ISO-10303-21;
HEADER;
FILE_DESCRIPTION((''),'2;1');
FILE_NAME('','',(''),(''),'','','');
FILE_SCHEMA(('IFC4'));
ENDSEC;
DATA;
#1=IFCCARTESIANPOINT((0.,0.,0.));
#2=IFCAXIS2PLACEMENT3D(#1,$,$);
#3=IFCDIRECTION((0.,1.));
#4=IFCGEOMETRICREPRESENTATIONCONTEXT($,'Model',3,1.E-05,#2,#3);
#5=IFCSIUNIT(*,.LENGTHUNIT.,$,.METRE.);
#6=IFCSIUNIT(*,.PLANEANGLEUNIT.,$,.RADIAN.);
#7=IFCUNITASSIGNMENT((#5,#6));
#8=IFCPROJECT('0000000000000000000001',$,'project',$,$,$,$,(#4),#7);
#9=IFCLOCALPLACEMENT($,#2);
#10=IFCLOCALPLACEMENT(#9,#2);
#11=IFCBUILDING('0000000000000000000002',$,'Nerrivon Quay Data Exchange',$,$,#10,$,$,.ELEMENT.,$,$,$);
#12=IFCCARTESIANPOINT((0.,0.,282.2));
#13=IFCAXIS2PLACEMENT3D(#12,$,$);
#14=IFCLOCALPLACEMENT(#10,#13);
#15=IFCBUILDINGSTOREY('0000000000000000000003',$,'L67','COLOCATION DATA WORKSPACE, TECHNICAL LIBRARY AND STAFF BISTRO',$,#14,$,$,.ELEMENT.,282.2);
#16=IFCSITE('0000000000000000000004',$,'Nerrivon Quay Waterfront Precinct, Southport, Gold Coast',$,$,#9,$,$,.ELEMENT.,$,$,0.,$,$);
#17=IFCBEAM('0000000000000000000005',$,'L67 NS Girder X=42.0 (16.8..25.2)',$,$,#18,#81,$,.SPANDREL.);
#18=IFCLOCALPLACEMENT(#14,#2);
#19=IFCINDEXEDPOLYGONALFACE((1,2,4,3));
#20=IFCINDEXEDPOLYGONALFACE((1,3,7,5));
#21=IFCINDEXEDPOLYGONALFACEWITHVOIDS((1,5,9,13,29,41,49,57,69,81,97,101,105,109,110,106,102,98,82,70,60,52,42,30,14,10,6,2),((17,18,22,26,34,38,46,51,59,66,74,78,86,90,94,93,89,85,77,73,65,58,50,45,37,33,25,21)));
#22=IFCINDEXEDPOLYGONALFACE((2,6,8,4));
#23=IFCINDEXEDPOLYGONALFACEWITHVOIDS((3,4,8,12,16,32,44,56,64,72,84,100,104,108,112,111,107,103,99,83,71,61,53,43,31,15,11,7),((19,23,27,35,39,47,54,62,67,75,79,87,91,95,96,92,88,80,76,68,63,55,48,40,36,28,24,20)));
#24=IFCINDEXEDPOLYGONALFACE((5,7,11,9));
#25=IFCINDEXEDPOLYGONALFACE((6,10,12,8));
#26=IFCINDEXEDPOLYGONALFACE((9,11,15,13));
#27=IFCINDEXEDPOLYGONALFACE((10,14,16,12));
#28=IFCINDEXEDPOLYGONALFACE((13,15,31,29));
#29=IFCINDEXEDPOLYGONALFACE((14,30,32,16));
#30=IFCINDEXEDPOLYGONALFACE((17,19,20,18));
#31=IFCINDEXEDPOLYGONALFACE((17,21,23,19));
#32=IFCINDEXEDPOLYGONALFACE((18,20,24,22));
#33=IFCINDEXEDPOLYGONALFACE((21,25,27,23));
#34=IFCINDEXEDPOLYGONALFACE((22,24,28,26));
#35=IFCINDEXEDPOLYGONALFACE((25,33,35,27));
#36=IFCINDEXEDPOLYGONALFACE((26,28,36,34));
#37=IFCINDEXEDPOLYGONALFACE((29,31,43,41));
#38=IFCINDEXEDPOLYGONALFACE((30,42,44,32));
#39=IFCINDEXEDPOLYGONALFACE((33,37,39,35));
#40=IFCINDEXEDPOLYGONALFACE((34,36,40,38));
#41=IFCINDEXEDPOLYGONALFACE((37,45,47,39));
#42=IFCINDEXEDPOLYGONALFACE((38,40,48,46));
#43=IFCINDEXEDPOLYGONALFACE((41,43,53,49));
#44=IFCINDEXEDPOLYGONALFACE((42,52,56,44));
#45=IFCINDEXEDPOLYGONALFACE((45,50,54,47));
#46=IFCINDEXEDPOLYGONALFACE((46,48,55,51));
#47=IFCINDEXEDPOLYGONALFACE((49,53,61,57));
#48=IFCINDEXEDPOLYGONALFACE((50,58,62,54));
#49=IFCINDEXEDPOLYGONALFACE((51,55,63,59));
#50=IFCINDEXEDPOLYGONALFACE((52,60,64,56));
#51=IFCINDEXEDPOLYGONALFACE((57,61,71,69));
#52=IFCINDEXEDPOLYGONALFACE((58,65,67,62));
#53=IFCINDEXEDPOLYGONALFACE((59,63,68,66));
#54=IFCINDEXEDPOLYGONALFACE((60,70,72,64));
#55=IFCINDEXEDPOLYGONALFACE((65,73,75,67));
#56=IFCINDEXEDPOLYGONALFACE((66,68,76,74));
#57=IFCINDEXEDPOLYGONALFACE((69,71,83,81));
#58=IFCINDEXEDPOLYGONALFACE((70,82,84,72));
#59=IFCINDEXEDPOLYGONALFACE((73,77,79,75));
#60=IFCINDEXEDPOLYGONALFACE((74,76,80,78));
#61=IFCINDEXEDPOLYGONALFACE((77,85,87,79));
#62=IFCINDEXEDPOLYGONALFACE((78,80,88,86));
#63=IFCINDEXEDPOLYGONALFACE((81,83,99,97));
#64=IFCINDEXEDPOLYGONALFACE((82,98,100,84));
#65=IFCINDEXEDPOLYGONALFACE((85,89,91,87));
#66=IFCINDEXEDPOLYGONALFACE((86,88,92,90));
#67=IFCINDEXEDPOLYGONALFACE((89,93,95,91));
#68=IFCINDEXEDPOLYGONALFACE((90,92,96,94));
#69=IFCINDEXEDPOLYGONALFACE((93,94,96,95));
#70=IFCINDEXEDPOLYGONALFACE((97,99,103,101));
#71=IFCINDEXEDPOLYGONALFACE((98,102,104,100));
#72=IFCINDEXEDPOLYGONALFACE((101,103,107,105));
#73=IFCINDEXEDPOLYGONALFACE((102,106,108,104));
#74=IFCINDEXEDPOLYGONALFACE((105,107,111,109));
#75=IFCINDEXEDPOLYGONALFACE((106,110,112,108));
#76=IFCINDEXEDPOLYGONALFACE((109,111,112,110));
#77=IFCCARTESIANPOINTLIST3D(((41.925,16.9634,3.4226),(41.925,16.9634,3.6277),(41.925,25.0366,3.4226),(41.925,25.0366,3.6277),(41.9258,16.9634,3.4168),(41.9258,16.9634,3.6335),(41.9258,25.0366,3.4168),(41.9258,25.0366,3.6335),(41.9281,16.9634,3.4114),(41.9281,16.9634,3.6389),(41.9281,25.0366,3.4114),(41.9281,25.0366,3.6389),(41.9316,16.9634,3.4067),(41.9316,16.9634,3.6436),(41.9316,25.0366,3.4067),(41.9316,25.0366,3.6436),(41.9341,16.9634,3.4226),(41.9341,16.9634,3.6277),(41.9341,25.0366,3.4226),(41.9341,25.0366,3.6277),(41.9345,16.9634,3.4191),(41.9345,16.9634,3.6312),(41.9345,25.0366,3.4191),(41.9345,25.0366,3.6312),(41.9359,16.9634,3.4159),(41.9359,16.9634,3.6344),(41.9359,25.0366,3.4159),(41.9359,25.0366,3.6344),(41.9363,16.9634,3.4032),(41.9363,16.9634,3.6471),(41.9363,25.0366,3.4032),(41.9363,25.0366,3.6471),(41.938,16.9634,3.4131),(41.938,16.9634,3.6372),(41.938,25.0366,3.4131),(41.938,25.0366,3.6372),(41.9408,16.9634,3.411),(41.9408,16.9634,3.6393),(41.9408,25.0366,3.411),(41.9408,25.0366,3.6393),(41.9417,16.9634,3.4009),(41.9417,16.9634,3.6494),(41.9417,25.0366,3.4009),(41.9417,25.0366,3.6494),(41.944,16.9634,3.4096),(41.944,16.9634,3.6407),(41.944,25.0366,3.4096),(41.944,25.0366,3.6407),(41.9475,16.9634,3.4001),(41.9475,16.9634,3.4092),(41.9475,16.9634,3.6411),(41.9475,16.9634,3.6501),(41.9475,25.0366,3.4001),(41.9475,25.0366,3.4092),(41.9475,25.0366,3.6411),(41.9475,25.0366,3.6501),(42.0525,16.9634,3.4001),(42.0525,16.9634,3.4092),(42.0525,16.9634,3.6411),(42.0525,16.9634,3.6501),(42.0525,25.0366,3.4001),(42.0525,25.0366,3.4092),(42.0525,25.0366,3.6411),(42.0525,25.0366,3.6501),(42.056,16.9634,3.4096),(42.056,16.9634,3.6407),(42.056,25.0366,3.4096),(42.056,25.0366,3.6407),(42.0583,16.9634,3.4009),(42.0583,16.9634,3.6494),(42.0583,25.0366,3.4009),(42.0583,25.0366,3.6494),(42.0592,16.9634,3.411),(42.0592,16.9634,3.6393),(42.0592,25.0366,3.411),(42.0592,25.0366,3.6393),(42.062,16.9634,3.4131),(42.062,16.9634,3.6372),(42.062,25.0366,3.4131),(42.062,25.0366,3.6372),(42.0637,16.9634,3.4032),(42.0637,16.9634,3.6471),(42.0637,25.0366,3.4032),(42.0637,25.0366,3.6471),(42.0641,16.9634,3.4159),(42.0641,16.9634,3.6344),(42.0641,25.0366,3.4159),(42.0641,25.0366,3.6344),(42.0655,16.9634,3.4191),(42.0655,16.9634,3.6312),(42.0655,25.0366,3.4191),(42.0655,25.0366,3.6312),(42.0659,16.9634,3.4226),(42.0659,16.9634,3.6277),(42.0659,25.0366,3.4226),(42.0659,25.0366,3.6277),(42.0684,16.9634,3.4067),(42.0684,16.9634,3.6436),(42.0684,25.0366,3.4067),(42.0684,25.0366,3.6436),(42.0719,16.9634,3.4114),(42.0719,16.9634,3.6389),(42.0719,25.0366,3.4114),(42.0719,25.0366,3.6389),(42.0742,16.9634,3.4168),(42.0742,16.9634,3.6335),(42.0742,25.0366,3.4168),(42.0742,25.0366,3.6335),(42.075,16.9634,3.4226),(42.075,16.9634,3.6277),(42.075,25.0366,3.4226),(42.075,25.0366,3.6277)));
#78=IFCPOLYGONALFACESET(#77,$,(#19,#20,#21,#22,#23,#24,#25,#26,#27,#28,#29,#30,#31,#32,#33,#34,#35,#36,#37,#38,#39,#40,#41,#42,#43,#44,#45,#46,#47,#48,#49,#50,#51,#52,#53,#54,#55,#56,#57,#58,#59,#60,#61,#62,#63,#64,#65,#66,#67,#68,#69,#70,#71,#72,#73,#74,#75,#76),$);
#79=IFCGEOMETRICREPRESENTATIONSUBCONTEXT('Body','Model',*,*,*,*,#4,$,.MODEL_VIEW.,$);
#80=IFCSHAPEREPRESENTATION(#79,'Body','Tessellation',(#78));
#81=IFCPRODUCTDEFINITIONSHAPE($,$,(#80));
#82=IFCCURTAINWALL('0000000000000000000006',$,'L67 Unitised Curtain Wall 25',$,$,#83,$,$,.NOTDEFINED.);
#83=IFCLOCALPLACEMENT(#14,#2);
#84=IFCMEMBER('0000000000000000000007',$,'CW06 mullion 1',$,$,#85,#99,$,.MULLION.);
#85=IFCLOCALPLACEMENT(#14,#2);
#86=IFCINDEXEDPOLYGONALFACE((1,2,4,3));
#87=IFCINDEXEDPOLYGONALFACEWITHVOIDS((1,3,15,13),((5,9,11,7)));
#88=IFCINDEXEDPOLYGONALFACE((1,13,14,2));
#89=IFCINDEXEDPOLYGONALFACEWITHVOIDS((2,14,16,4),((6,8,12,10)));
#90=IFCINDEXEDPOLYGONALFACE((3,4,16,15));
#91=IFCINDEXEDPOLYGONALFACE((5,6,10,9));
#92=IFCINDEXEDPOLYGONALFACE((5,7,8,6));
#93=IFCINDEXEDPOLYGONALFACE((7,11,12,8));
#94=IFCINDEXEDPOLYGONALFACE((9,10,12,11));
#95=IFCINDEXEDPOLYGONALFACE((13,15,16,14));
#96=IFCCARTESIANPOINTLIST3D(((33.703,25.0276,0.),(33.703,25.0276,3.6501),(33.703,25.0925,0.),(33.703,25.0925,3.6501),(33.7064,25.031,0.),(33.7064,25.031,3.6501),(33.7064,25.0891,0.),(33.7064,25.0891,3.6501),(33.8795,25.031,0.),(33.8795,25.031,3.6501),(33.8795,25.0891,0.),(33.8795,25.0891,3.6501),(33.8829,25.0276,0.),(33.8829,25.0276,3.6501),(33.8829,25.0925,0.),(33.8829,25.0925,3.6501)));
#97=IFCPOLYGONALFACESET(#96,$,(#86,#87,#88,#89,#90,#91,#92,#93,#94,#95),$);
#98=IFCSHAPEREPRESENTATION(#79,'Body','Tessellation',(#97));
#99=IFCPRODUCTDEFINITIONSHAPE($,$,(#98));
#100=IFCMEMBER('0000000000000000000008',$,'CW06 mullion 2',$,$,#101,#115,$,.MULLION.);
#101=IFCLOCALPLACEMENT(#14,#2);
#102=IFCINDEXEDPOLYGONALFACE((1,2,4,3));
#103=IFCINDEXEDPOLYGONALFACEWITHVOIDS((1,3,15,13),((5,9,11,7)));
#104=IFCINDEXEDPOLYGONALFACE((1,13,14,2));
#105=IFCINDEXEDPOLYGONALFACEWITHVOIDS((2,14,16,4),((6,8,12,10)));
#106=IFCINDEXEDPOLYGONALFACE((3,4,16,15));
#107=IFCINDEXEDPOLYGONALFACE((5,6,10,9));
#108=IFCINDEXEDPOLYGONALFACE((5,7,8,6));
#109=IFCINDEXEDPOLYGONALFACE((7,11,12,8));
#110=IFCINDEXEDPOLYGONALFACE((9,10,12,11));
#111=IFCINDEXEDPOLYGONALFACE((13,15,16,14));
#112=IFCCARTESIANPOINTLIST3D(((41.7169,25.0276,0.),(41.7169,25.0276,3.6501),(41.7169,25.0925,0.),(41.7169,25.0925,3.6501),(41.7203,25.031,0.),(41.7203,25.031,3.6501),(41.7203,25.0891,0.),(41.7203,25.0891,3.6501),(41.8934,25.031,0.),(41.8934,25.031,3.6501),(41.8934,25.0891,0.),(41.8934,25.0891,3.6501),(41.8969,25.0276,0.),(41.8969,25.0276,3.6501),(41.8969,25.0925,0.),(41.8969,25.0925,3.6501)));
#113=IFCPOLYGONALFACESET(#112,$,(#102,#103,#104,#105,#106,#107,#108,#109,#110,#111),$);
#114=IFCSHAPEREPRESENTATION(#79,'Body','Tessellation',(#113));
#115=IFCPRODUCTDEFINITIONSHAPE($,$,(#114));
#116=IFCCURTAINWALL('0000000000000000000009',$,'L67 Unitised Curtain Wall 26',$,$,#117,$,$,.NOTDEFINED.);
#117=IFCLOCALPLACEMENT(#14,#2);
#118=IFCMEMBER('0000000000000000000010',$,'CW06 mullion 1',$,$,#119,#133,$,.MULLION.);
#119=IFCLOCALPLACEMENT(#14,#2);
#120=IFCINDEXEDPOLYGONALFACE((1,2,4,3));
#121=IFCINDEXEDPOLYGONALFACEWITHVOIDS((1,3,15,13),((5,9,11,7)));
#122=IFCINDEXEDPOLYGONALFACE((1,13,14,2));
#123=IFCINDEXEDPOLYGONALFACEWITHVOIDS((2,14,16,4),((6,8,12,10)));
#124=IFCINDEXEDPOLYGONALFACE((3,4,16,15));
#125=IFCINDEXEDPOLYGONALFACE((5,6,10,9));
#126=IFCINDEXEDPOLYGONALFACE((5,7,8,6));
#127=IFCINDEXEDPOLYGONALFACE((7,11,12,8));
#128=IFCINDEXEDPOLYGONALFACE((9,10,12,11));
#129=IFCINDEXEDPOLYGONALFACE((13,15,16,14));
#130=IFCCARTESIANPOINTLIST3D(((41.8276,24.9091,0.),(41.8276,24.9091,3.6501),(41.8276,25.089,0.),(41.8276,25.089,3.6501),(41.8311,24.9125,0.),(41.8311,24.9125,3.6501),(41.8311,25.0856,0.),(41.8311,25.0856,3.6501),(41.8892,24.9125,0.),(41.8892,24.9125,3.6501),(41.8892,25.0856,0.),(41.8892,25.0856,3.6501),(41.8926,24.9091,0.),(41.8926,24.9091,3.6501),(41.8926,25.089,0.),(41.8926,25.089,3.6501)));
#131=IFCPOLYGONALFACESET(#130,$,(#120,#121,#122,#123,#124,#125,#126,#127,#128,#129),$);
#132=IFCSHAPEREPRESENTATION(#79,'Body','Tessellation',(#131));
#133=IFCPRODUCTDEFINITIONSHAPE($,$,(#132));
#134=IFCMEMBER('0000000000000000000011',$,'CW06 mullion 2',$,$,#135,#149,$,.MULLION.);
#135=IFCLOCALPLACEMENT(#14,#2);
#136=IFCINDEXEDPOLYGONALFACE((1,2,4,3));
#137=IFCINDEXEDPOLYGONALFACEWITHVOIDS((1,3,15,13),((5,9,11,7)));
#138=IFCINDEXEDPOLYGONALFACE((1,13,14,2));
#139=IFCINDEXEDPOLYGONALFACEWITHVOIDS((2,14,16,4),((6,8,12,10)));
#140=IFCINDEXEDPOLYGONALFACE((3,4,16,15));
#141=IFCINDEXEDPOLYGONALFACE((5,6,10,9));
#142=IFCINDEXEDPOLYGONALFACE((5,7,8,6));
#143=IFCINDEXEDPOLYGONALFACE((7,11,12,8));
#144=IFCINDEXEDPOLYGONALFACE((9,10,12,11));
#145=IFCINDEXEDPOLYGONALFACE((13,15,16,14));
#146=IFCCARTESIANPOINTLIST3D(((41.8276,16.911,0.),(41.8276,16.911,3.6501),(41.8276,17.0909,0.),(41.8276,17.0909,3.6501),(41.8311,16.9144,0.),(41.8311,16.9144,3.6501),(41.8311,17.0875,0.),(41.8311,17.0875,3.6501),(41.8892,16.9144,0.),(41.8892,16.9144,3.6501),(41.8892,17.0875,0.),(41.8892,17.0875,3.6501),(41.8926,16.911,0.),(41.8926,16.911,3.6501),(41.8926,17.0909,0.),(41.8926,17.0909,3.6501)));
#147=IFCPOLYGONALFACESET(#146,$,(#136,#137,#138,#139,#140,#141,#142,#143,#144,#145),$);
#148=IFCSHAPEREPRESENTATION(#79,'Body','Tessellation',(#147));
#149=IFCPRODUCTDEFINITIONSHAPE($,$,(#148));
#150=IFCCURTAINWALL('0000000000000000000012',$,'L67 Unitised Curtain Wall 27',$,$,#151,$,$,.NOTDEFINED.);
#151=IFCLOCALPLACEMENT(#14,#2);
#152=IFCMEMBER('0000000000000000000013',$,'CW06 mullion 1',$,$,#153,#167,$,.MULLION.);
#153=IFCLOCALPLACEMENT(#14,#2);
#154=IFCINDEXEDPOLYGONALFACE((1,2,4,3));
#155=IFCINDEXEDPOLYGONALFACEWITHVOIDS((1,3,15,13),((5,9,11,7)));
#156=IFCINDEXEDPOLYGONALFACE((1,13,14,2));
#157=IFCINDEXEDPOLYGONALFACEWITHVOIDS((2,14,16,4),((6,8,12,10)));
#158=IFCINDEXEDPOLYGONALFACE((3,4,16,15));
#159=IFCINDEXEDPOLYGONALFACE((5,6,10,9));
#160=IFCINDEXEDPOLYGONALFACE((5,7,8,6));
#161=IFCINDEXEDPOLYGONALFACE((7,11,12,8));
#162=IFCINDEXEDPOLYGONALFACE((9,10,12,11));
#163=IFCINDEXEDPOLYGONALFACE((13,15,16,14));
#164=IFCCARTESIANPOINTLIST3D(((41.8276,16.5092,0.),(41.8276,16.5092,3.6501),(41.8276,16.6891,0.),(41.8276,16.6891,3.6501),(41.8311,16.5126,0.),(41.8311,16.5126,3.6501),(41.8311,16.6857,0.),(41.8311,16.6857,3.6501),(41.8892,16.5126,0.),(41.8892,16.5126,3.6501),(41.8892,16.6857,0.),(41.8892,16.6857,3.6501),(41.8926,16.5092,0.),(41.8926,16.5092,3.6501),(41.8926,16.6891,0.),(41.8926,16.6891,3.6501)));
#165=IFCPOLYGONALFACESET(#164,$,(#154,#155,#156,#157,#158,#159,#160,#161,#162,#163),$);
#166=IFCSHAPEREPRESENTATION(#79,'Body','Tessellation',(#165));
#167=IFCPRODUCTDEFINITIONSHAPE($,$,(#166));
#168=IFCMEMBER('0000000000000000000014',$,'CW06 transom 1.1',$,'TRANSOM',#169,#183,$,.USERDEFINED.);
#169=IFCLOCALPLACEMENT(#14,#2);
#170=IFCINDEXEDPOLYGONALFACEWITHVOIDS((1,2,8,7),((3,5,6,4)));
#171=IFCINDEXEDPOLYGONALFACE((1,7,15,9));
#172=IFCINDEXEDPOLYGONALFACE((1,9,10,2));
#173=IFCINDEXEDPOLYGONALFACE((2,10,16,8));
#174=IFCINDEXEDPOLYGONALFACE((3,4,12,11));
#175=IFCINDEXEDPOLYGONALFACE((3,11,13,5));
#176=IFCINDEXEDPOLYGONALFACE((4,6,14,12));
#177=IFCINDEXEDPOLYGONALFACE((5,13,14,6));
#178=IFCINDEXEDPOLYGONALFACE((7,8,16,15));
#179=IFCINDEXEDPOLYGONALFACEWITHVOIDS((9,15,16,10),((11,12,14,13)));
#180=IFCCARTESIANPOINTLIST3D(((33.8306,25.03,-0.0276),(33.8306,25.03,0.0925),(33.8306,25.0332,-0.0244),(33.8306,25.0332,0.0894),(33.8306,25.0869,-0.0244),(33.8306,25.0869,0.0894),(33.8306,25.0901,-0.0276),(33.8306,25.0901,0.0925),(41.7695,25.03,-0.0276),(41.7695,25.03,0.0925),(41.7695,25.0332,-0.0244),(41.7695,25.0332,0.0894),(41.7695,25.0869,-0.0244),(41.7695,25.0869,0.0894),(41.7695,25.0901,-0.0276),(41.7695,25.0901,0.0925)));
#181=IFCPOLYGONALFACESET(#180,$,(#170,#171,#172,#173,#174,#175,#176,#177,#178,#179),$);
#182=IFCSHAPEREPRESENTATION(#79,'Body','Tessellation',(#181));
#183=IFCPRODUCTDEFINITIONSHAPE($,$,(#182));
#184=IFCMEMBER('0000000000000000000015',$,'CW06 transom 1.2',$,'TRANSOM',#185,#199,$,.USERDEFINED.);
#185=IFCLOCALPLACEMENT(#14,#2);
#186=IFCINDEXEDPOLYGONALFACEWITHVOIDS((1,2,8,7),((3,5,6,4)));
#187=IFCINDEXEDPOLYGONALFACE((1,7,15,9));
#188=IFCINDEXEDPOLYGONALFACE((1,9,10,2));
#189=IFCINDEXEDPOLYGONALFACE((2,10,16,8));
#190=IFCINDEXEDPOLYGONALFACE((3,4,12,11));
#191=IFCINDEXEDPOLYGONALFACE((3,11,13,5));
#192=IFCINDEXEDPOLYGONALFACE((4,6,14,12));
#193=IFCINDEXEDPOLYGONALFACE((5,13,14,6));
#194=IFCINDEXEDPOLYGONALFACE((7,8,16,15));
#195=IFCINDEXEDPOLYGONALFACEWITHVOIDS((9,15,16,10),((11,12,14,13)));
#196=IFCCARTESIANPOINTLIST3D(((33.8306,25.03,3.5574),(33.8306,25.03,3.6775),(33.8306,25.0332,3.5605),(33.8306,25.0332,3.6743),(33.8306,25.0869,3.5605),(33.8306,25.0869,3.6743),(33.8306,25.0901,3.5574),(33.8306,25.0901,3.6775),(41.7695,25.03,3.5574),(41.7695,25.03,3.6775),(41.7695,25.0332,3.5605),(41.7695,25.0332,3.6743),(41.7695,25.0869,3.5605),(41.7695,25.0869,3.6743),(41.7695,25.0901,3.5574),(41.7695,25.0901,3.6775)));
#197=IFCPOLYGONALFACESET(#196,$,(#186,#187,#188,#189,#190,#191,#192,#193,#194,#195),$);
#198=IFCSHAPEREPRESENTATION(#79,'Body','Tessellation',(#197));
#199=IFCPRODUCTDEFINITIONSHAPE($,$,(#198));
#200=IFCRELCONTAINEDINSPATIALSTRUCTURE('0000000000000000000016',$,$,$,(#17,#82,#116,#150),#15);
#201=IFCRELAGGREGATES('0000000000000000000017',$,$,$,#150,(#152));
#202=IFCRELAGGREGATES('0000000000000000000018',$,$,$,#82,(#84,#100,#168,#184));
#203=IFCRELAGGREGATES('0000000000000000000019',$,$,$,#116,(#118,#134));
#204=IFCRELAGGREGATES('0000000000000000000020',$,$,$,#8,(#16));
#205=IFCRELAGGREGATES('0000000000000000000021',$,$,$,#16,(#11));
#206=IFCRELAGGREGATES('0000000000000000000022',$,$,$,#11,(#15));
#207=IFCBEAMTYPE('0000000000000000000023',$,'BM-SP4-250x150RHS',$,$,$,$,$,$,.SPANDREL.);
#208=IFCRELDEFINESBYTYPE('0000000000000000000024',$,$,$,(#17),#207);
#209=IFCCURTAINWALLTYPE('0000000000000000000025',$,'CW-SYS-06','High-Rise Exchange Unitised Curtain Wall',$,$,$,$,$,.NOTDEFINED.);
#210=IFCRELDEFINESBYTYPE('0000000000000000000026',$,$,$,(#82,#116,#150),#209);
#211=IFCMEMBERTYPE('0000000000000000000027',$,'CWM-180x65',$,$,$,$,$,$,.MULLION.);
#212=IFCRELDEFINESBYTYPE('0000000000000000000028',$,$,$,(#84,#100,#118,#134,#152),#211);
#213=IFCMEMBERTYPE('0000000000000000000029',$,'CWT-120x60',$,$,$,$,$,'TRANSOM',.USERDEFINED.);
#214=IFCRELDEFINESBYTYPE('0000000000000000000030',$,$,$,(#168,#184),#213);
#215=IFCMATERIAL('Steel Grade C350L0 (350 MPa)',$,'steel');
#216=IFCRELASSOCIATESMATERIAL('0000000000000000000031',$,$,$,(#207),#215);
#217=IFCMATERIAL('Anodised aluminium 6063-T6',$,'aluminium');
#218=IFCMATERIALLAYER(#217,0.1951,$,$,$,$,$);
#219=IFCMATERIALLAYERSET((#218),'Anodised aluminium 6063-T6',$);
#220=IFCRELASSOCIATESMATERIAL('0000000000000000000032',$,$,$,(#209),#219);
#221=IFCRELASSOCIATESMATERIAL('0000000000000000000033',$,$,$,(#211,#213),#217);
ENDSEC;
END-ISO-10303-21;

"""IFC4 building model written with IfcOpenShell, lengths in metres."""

from ifc_helpers import new_model, si_unit, direction, frame, origin, origin_2d, place, context, subcontext, project, spatial, hollow_rectangle, extrude, material, layer, layer_set, material_profile, profile_set, type_object, element, aggregate, save


model = new_model("IFC4")

# Units and contexts
model_context = context("Model", 3, precision=1e-05, world=origin(), true_north=direction((0.0, 1.0)))
body_context = subcontext(model_context, "Body", "Model", "MODEL_VIEW")
ifc_project = project(units=[si_unit("LENGTHUNIT", "METRE"), si_unit("PLANEANGLEUNIT", "RADIAN")], contexts=[model_context])

# Site, building, storey
site_placement = place(None, origin())
site = spatial("IfcSite", under=ifc_project, at=site_placement, Name="Nerrivon Quay Waterfront Precinct, Southport, Gold Coast", CompositionType="ELEMENT", RefElevation=0.0)
building_placement = place(site_placement, origin())
building = spatial("IfcBuilding", under=site, at=building_placement, Name="Nerrivon Quay Data Exchange", CompositionType="ELEMENT")
storey_placement = place(building_placement, frame((0.0, 0.0, 282.2)))
storey = spatial("IfcBuildingStorey", under=building, at=storey_placement, Name="L67", Description="COLOCATION DATA WORKSPACE, TECHNICAL LIBRARY AND STAFF BISTRO", CompositionType="ELEMENT", Elevation=282.2)

# Beam
ifc_material_1 = material(Name="Steel Grade C350L0 (350 MPa)", Category="steel")
ifc_material_profile_1 = material_profile(ifc_material_1, hollow_rectangle(XDim=0.1499, YDim=0.25, WallThickness=0.009, InnerFilletRadius=0.0134, OuterFilletRadius=0.0225, at=origin_2d()), Name="250x150x9.0RHS")
ifc_profile_set_1 = profile_set([ifc_material_profile_1], Name="Steel Grade C350L0 (350 MPa)")
beam_type_1 = type_object("IfcBeamType", Name="BM-SP4-250x150RHS", PredefinedType="SPANDREL", material=ifc_profile_set_1)
beam_1_placement = place(storey_placement, frame((42.0, 16.9634, 3.5251), z_axis=(0.0, 1.0, 0.0), x_axis=(-1.0, 0.0, 0.0)))
element("IfcBeam", 1, at=beam_1_placement, inside=storey, type_object=beam_type_1, Name="L67 NS Girder X=42.0 (16.8..25.2)", PredefinedType="SPANDREL", context=body_context, shape_type="SweptSolid", body=[
    extrude(hollow_rectangle(XDim=0.1499, YDim=0.25, WallThickness=0.009, InnerFilletRadius=0.0134, OuterFilletRadius=0.0225, at=origin_2d()), origin(), (0.0, 0.0, 1.0), 8.0732),
])

# Curtain walls, members
ifc_material_2 = material(Name="Anodised aluminium 6063-T6", Category="aluminium")
ifc_layer_1 = layer(ifc_material_2, 0.1951)
ifc_layer_set_1 = layer_set([ifc_layer_1], Name="Anodised aluminium 6063-T6")
curtain_wall_type = type_object("IfcCurtainWallType", Name="CW-SYS-06", Description="High-Rise Exchange Unitised Curtain Wall", PredefinedType="NOTDEFINED", material=ifc_layer_set_1)
curtain_wall_1_placement = place(storey_placement, origin())
curtain_wall_1 = element("IfcCurtainWall", 2, at=curtain_wall_1_placement, inside=storey, type_object=curtain_wall_type, Name="L67 Unitised Curtain Wall 25", PredefinedType="NOTDEFINED")
ifc_material_profile_2 = material_profile(ifc_material_2, hollow_rectangle(XDim=0.0649, YDim=0.1799, WallThickness=0.0034, at=origin_2d()), Name="ALU-MULL-180x65")
ifc_profile_set_2 = profile_set([ifc_material_profile_2], Name="Anodised aluminium 6063-T6")
member_type_1 = type_object("IfcMemberType", Name="CWM-180x65", PredefinedType="MULLION", material=ifc_profile_set_2)
member_1_placement = place(storey_placement, frame((33.793, 25.0601, 0.0), z_axis=(0.0, 0.0, 1.0), x_axis=(0.0, 1.0, 0.0)))
member_1 = element("IfcMember", 3, at=member_1_placement, type_object=member_type_1, Name="CW06 mullion 1", PredefinedType="MULLION", context=body_context, shape_type="SweptSolid", body=[
    extrude(hollow_rectangle(XDim=0.0649, YDim=0.1799, WallThickness=0.0034, at=origin_2d()), origin(), (0.0, 0.0, 1.0), 3.6501),
])
member_2_placement = place(storey_placement, frame((41.8069, 25.0601, 0.0), z_axis=(0.0, 0.0, 1.0), x_axis=(0.0, 1.0, 0.0)))
member_2 = element("IfcMember", 4, at=member_2_placement, type_object=member_type_1, Name="CW06 mullion 2", PredefinedType="MULLION", context=body_context, shape_type="SweptSolid", body=[
    extrude(hollow_rectangle(XDim=0.0649, YDim=0.1799, WallThickness=0.0034, at=origin_2d()), origin(), (0.0, 0.0, 1.0), 3.6501),
])
curtain_wall_2_placement = place(storey_placement, origin())
curtain_wall_2 = element("IfcCurtainWall", 5, at=curtain_wall_2_placement, inside=storey, type_object=curtain_wall_type, Name="L67 Unitised Curtain Wall 26", PredefinedType="NOTDEFINED")
member_3_placement = place(storey_placement, frame((41.8601, 24.999, 0.0), z_axis=(0.0, 0.0, 1.0), x_axis=(1.0, 0.0, 0.0)))
member_3 = element("IfcMember", 6, at=member_3_placement, type_object=member_type_1, Name="CW06 mullion 1", PredefinedType="MULLION", context=body_context, shape_type="SweptSolid", body=[
    extrude(hollow_rectangle(XDim=0.0649, YDim=0.1799, WallThickness=0.0034, at=origin_2d()), origin(), (0.0, 0.0, 1.0), 3.6501),
])
member_4_placement = place(storey_placement, frame((41.8601, 17.001, 0.0), z_axis=(0.0, 0.0, 1.0), x_axis=(1.0, 0.0, 0.0)))
member_4 = element("IfcMember", 7, at=member_4_placement, type_object=member_type_1, Name="CW06 mullion 2", PredefinedType="MULLION", context=body_context, shape_type="SweptSolid", body=[
    extrude(hollow_rectangle(XDim=0.0649, YDim=0.1799, WallThickness=0.0034, at=origin_2d()), origin(), (0.0, 0.0, 1.0), 3.6501),
])

# Curtain wall, member
curtain_wall_3_placement = place(storey_placement, origin())
curtain_wall_3 = element("IfcCurtainWall", 8, at=curtain_wall_3_placement, inside=storey, type_object=curtain_wall_type, Name="L67 Unitised Curtain Wall 27", PredefinedType="NOTDEFINED")
member_5_placement = place(storey_placement, frame((41.8601, 16.5991, 0.0), z_axis=(0.0, 0.0, 1.0), x_axis=(1.0, 0.0, 0.0)))
member_5 = element("IfcMember", 9, at=member_5_placement, type_object=member_type_1, Name="CW06 mullion 1", PredefinedType="MULLION", context=body_context, shape_type="SweptSolid", body=[
    extrude(hollow_rectangle(XDim=0.0649, YDim=0.1799, WallThickness=0.0034, at=origin_2d()), origin(), (0.0, 0.0, 1.0), 3.6501),
])

# Members
ifc_material_profile_3 = material_profile(ifc_material_2, hollow_rectangle(XDim=0.0601, YDim=0.1201, WallThickness=0.0032, at=origin_2d()), Name="ALU-TRAN-120x60")
ifc_profile_set_3 = profile_set([ifc_material_profile_3], Name="Anodised aluminium 6063-T6")
member_type_2 = type_object("IfcMemberType", Name="CWT-120x60", ElementType="TRANSOM", PredefinedType="USERDEFINED", material=ifc_profile_set_3)
member_6_placement = place(storey_placement, frame((33.8306, 25.0601, 0.0325), z_axis=(1.0, 0.0, 0.0), x_axis=(0.0, 1.0, 0.0)))
member_6 = element("IfcMember", 10, at=member_6_placement, type_object=member_type_2, Name="CW06 transom 1.1", ObjectType="TRANSOM", PredefinedType="USERDEFINED", context=body_context, shape_type="SweptSolid", body=[
    extrude(hollow_rectangle(XDim=0.0601, YDim=0.1201, WallThickness=0.0032, at=origin_2d()), origin(), (0.0, 0.0, 1.0), 7.939),
])
member_7_placement = place(storey_placement, frame((33.8306, 25.0601, 3.6174), z_axis=(1.0, 0.0, 0.0), x_axis=(0.0, 1.0, 0.0)))
member_7 = element("IfcMember", 11, at=member_7_placement, type_object=member_type_2, Name="CW06 transom 1.2", ObjectType="TRANSOM", PredefinedType="USERDEFINED", context=body_context, shape_type="SweptSolid", body=[
    extrude(hollow_rectangle(XDim=0.0601, YDim=0.1201, WallThickness=0.0032, at=origin_2d()), origin(), (0.0, 0.0, 1.0), 7.939),
])
aggregate(curtain_wall_3, [member_5])

aggregate(curtain_wall_1, [member_1, member_2, member_6, member_7])
aggregate(curtain_wall_2, [member_3, member_4])

save(model, "model.ifc")
